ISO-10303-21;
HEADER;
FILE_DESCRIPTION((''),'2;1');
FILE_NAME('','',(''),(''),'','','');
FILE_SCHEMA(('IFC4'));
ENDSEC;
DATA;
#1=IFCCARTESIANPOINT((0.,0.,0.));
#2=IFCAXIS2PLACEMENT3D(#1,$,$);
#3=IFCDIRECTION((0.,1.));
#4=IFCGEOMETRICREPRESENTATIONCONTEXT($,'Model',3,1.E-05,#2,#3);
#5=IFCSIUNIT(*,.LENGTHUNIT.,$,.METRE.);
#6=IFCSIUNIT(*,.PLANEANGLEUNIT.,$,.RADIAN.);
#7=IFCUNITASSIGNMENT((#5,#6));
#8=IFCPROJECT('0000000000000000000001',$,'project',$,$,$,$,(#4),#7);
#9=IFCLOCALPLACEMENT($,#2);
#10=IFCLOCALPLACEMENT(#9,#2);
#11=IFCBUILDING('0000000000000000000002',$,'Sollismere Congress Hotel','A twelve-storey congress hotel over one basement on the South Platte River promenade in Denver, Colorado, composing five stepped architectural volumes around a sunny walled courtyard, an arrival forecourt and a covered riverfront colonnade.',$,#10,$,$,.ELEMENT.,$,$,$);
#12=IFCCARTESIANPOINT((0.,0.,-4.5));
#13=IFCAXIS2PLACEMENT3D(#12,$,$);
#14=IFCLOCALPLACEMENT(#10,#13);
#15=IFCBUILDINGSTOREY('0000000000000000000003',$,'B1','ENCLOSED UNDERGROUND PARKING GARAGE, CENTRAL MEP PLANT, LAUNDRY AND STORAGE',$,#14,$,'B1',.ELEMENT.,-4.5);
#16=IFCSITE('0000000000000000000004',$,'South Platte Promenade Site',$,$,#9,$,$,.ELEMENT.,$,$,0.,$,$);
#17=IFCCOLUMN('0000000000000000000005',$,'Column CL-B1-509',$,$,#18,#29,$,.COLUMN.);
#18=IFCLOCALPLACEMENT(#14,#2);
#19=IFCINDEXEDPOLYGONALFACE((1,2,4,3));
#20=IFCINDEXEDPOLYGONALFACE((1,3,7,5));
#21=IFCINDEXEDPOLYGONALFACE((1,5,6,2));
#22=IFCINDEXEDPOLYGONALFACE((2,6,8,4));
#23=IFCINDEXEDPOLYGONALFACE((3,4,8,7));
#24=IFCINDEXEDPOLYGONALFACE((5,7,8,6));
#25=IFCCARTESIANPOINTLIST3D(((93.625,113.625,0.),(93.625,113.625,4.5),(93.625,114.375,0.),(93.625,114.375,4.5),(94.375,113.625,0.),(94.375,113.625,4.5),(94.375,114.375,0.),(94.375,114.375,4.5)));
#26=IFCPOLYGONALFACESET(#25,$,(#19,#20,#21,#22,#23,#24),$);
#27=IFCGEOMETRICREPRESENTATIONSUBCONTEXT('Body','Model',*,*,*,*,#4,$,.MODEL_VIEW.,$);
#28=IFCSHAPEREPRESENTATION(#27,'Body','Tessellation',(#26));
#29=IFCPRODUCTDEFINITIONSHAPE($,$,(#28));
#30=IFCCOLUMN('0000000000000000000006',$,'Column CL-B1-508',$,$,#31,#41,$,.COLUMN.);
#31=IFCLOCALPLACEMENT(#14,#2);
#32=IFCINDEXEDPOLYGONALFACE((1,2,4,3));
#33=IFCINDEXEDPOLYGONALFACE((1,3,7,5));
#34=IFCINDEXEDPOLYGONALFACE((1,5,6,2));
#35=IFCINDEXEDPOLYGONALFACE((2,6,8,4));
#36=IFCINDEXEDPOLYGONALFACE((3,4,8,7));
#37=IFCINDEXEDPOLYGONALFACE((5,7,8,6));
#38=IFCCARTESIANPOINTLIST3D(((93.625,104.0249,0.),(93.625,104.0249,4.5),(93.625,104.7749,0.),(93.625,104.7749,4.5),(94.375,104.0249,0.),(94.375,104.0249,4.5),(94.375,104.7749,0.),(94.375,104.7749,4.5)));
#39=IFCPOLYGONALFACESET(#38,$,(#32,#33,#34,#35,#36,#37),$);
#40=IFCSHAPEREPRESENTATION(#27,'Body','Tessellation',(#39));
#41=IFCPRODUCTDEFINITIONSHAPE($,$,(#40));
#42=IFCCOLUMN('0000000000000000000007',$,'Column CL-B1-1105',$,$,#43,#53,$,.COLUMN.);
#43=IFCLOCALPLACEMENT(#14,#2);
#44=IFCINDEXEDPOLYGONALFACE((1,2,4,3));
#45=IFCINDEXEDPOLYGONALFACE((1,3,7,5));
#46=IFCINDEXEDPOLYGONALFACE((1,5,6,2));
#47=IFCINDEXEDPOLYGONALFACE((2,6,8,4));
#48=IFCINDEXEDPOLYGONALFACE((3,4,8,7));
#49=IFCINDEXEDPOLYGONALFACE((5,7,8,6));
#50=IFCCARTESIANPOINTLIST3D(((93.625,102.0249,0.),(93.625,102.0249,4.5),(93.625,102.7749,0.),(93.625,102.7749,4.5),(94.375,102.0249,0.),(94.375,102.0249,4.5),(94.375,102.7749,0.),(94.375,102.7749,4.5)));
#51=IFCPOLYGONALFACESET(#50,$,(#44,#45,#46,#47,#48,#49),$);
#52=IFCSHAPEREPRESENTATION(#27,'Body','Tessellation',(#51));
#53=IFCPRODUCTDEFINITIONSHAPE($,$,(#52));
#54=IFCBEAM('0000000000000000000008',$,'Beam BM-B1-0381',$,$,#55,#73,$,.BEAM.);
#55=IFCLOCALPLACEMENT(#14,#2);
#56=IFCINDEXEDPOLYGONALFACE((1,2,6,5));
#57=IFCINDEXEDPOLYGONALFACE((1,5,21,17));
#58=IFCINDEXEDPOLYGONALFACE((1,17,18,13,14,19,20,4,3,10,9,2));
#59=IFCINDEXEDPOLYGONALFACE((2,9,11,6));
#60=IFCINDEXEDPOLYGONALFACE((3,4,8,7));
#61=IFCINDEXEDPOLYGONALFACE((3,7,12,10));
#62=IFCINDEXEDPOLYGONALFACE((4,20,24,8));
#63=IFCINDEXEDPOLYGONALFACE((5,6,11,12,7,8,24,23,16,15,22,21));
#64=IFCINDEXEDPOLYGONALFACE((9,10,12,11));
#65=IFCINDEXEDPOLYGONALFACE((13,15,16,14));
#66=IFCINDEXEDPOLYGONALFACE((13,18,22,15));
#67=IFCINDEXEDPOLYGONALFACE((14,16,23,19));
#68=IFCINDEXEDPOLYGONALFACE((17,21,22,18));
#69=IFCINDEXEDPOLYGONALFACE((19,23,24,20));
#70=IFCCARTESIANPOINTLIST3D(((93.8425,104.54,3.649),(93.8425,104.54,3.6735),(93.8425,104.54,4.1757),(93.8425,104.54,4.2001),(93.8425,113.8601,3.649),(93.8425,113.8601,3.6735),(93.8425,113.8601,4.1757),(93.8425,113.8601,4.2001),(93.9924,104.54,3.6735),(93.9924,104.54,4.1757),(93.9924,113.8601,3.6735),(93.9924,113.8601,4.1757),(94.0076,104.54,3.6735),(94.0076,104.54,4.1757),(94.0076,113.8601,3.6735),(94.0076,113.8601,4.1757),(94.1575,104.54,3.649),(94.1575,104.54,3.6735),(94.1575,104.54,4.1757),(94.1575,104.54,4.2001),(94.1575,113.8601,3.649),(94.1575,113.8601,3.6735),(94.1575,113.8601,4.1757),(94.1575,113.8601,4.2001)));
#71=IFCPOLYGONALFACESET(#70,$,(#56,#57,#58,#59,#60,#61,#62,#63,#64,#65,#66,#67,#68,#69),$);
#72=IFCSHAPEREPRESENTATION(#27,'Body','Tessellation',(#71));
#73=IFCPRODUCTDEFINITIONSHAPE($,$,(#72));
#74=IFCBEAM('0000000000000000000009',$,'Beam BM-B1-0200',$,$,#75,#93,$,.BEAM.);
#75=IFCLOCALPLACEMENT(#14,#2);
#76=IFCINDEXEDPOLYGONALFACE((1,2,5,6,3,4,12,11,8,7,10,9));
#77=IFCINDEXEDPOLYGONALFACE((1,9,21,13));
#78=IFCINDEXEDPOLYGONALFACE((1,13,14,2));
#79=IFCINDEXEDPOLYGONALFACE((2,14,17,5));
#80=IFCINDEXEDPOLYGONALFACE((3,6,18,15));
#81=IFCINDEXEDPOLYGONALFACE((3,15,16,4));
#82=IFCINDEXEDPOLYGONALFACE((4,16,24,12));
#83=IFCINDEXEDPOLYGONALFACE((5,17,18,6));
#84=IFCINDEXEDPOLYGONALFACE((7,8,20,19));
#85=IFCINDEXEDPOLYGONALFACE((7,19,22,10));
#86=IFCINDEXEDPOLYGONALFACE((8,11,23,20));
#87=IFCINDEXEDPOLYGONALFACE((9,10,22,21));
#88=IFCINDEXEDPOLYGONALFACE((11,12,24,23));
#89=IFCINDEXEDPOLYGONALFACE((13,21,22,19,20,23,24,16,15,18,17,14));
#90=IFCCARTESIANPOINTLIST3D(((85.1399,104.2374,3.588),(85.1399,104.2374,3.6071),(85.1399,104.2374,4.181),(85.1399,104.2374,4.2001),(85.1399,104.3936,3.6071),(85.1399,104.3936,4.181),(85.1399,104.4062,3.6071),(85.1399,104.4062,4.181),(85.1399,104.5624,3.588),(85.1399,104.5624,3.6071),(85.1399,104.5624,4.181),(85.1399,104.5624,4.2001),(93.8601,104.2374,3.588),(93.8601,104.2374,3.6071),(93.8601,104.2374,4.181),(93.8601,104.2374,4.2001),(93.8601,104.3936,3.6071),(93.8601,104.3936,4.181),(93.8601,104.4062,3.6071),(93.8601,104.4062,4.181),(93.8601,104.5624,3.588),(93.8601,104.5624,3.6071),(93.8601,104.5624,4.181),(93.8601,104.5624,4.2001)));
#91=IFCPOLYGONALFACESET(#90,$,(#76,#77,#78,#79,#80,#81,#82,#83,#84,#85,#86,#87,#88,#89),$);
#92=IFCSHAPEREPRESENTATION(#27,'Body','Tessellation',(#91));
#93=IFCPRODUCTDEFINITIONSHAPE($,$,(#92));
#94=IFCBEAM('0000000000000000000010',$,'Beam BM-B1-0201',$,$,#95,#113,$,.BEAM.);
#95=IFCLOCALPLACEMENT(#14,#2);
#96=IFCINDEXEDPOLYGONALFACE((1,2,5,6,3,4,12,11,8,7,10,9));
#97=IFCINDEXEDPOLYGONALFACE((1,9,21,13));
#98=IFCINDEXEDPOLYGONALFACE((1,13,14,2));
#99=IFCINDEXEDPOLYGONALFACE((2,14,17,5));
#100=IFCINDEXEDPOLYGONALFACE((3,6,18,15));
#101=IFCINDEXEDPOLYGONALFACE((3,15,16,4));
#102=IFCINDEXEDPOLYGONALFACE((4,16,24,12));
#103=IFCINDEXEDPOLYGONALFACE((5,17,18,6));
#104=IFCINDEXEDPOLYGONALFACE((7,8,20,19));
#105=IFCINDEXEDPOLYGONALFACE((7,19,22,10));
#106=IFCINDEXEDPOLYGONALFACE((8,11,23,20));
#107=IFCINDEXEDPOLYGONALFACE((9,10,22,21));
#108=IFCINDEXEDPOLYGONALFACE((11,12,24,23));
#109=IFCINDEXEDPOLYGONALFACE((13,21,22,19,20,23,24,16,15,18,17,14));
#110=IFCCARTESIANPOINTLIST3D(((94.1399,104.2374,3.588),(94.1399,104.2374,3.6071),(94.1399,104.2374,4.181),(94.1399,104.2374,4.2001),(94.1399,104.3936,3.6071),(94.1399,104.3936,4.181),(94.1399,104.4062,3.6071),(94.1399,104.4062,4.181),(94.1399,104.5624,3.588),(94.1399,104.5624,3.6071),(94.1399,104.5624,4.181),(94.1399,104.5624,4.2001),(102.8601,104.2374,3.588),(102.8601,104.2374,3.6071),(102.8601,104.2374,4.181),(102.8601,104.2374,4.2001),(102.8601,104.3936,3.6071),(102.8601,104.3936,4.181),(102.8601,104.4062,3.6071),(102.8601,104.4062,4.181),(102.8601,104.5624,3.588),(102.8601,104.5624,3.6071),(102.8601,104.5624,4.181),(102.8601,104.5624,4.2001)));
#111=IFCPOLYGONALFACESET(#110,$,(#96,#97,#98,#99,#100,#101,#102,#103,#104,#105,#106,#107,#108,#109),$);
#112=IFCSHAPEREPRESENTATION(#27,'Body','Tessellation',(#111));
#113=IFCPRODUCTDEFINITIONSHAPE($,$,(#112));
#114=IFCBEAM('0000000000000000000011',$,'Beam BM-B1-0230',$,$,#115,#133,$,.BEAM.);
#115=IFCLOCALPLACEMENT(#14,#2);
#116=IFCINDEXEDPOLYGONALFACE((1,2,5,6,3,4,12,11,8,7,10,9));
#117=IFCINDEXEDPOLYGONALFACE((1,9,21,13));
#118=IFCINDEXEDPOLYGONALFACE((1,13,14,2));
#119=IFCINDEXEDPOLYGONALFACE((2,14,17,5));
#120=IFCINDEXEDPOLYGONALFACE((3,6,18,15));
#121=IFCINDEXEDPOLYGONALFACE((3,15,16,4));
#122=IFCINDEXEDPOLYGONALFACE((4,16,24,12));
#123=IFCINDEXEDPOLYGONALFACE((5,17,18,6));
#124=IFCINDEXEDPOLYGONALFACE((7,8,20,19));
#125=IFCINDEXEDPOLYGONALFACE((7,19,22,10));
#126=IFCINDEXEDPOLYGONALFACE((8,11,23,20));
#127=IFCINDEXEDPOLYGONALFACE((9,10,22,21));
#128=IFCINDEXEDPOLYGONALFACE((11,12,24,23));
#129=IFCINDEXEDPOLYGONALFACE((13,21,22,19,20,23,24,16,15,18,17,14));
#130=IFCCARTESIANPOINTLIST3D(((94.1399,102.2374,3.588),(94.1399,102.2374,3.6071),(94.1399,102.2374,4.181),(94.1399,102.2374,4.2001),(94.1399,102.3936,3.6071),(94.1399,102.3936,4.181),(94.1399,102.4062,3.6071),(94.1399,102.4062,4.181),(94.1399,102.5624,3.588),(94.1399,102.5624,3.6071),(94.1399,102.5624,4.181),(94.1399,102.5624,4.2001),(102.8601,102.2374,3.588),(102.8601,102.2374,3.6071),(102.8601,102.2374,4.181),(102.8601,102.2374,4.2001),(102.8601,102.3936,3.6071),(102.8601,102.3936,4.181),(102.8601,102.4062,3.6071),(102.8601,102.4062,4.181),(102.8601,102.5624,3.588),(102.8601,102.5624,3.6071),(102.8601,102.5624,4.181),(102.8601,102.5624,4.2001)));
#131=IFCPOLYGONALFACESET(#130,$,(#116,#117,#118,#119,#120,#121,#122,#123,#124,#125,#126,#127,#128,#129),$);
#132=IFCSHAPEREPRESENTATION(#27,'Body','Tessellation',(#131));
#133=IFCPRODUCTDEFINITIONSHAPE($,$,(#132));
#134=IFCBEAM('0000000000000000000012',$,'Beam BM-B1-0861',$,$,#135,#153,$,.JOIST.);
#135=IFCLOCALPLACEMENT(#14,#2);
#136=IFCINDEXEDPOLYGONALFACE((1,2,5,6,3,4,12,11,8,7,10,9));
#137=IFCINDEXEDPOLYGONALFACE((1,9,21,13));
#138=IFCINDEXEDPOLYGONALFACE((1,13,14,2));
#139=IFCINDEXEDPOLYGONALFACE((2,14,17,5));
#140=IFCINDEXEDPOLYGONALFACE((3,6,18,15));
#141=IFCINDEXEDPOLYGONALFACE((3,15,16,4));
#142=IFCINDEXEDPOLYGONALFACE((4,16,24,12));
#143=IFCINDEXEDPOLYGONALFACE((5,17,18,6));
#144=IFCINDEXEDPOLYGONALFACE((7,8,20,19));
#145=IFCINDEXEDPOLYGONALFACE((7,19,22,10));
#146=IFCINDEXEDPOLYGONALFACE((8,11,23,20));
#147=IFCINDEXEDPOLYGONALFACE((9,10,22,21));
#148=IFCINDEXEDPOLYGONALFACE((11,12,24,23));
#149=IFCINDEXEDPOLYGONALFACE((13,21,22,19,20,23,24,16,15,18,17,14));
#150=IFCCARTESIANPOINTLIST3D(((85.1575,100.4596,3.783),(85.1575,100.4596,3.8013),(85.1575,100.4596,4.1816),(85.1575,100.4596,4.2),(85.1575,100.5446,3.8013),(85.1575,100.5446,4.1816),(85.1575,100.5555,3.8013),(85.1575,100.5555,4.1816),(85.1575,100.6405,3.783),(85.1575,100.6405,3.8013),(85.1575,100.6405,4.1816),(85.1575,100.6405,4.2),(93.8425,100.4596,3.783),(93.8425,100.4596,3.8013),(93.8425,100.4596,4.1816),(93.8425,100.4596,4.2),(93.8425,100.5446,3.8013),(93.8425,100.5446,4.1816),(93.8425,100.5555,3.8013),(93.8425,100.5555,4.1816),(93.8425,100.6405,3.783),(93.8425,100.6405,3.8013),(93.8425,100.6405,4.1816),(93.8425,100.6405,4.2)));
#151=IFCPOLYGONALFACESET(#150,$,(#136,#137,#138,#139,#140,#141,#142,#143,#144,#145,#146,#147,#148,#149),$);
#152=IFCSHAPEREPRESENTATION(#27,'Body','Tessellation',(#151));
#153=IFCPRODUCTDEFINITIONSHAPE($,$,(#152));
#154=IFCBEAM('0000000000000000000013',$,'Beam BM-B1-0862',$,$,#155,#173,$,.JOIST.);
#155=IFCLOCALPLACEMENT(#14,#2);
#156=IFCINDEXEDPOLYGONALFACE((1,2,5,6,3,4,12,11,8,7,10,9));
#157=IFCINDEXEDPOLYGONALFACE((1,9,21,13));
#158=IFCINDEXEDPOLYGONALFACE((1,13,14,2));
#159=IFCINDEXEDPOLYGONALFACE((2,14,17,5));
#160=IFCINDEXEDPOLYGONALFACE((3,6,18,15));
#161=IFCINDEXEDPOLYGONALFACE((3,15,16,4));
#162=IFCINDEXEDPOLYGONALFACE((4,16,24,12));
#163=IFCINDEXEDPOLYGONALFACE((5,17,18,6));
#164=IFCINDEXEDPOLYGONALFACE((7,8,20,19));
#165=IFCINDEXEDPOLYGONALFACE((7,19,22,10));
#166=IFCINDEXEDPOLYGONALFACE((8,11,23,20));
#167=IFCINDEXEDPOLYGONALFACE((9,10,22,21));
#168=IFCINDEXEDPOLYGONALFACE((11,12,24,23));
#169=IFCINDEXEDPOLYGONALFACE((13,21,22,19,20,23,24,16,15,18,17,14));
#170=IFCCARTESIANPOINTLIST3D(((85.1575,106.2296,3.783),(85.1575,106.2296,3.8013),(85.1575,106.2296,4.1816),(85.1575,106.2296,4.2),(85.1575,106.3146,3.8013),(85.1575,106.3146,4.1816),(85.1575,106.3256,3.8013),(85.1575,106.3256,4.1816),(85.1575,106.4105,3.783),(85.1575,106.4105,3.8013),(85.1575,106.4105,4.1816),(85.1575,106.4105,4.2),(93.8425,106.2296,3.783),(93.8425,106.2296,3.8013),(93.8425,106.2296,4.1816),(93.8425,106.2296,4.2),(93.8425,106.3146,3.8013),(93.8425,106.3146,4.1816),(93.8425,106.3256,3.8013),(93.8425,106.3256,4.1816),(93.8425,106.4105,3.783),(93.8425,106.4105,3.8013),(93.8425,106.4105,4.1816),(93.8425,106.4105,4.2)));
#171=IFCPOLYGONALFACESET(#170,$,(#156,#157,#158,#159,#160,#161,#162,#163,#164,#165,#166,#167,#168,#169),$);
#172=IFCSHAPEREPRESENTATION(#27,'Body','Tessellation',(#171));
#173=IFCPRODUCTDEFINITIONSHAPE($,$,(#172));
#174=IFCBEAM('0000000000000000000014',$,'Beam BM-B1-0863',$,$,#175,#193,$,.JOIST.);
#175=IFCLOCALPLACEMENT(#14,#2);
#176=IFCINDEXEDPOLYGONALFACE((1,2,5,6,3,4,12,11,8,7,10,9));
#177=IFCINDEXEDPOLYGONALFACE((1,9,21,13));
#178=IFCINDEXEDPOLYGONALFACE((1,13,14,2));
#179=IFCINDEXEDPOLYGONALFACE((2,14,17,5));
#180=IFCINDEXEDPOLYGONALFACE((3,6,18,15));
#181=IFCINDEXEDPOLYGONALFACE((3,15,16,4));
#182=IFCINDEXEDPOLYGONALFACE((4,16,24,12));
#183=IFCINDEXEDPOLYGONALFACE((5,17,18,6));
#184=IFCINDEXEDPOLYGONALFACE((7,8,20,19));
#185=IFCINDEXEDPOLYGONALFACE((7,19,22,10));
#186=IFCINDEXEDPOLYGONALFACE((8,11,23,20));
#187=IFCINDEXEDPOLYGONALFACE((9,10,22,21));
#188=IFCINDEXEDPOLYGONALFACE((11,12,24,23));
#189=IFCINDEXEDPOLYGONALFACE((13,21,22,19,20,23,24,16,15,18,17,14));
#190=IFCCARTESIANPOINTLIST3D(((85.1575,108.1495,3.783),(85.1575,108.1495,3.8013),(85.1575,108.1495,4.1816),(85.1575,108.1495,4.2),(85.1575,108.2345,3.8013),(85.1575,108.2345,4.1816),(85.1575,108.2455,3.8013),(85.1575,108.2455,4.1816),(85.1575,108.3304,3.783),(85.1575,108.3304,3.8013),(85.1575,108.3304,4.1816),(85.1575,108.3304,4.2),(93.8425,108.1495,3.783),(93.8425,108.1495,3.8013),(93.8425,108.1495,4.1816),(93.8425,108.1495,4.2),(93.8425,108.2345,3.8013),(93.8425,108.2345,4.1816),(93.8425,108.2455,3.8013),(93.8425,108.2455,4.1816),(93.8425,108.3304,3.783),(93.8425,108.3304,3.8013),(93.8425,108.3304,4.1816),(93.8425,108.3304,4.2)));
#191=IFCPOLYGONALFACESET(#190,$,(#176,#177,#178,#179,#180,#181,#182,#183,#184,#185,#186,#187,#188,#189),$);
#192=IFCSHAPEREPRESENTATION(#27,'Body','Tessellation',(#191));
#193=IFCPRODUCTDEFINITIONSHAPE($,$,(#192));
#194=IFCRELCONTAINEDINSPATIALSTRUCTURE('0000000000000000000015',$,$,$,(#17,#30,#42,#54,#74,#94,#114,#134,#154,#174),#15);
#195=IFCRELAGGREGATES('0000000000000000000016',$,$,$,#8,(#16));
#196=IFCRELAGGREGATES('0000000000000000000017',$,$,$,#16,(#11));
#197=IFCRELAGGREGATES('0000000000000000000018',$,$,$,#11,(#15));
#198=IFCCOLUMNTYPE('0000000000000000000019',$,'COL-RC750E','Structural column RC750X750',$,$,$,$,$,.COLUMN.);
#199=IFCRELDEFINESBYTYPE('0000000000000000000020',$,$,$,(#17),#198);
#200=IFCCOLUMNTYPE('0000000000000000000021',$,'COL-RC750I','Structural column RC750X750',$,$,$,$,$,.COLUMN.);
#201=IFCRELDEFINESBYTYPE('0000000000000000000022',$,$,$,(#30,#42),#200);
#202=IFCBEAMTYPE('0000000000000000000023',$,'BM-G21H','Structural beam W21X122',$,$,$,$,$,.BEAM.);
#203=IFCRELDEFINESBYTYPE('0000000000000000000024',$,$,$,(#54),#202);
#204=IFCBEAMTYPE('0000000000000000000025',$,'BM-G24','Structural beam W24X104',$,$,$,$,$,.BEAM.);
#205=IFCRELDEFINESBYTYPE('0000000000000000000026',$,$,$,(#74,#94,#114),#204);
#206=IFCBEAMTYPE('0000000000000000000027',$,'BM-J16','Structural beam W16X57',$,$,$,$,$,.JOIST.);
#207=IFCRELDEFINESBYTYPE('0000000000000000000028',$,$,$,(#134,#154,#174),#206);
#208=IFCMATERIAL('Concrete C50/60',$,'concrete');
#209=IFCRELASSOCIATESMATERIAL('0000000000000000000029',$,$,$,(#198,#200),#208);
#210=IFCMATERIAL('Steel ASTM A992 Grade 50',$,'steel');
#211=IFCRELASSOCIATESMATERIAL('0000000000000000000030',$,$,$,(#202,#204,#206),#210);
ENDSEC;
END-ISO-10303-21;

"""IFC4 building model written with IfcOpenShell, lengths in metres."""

from ifc_helpers import new_model, si_unit, direction, frame, origin, origin_2d, place, context, subcontext, project, spatial, rectangle, i_section, extrude, material, material_profile, profile_set, type_object, element, save


model = new_model("IFC4")

# Units and contexts
model_context = context("Model", 3, precision=1e-05, world=origin(), true_north=direction((0.0, 1.0)))
body_context = subcontext(model_context, "Body", "Model", "MODEL_VIEW")
ifc_project = project(units=[si_unit("LENGTHUNIT", "METRE"), si_unit("PLANEANGLEUNIT", "RADIAN")], contexts=[model_context])

# Site, building, storey
site_placement = place(None, origin())
site = spatial("IfcSite", under=ifc_project, at=site_placement, Name="South Platte Promenade Site", CompositionType="ELEMENT", RefElevation=0.0)
building_placement = place(site_placement, origin())
building = spatial("IfcBuilding", under=site, at=building_placement, Name="Sollismere Congress Hotel", Description="A twelve-storey congress hotel over one basement on the South Platte River promenade in Denver, Colorado, composing five stepped architectural volumes around a sunny walled courtyard, an arrival forecourt and a covered riverfront colonnade.", CompositionType="ELEMENT")
storey_placement = place(building_placement, frame((0.0, 0.0, -4.5)))
storey = spatial("IfcBuildingStorey", under=building, at=storey_placement, Name="B1", Description="ENCLOSED UNDERGROUND PARKING GARAGE, CENTRAL MEP PLANT, LAUNDRY AND STORAGE", LongName="B1", CompositionType="ELEMENT", Elevation=-4.5)

# Columns
ifc_material_1 = material(Name="Concrete C50/60", Category="concrete")
ifc_material_profile_1 = material_profile(ifc_material_1, rectangle(XDim=0.75, YDim=0.75, at=origin_2d()), Name="RC750X750")
ifc_profile_set_1 = profile_set([ifc_material_profile_1], Name="Concrete C50/60")
column_type_1 = type_object("IfcColumnType", Name="COL-RC750E", Description="Structural column RC750X750", PredefinedType="COLUMN", material=ifc_profile_set_1)
column_placement = place(storey_placement, frame((94.0, 114.0, 0.0), z_axis=(0.0, 0.0, 1.0), x_axis=(1.0, 0.0, 0.0)))
element("IfcColumn", 1, at=column_placement, inside=storey, type_object=column_type_1, Name="Column CL-B1-509", PredefinedType="COLUMN", context=body_context, shape_type="SweptSolid", body=[
    extrude(rectangle(XDim=0.75, YDim=0.75, at=origin_2d()), origin(), (0.0, 0.0, 1.0), 4.5),
])
ifc_material_profile_2 = material_profile(ifc_material_1, rectangle(XDim=0.75, YDim=0.75, at=origin_2d()), Name="RC750X750")
ifc_profile_set_2 = profile_set([ifc_material_profile_2], Name="Concrete C50/60")
column_type_2 = type_object("IfcColumnType", Name="COL-RC750I", Description="Structural column RC750X750", PredefinedType="COLUMN", material=ifc_profile_set_2)
for number, where, z_axis, x_axis, name in (
    (2, (94.0, 104.3999, 0.0), (0.0, 0.0, 1.0), (1.0, 0.0, 0.0), "Column CL-B1-508"),
    (3, (94.0, 102.3999, 0.0), (0.0, 0.0, 1.0), (0.0, 1.0, 0.0), "Column CL-B1-1105"),
):
    element("IfcColumn", number, at=place(storey_placement, frame(where, z_axis=z_axis, x_axis=x_axis)), inside=storey, type_object=column_type_2, Name=name, PredefinedType="COLUMN", context=body_context, shape_type="SweptSolid", body=[
        extrude(rectangle(XDim=0.75, YDim=0.75, at=origin_2d()), origin(), (0.0, 0.0, 1.0), 4.5),
    ])

# Beams
ifc_material_2 = material(Name="Steel ASTM A992 Grade 50", Category="steel")
ifc_material_profile_3 = material_profile(ifc_material_2, i_section(OverallWidth=0.3149, OverallDepth=0.551, WebThickness=0.0151, FlangeThickness=0.0244, at=origin_2d()), Name="W21X122")
ifc_profile_set_3 = profile_set([ifc_material_profile_3], Name="Steel ASTM A992 Grade 50")
beam_type_1 = type_object("IfcBeamType", Name="BM-G21H", Description="Structural beam W21X122", PredefinedType="BEAM", material=ifc_profile_set_3)
beam_placement = place(storey_placement, frame((94.0, 104.54, 3.9246), z_axis=(0.0, 1.0, 0.0), x_axis=(-1.0, 0.0, 0.0)))
element("IfcBeam", 4, at=beam_placement, inside=storey, type_object=beam_type_1, Name="Beam BM-B1-0381", PredefinedType="BEAM", context=body_context, shape_type="SweptSolid", body=[
    extrude(i_section(OverallWidth=0.3149, OverallDepth=0.551, WebThickness=0.0151, FlangeThickness=0.0244, at=origin_2d()), origin(), (0.0, 0.0, 1.0), 9.3201),
])
ifc_material_profile_4 = material_profile(ifc_material_2, i_section(OverallWidth=0.325, OverallDepth=0.6121, WebThickness=0.0127, FlangeThickness=0.019, at=origin_2d()), Name="W24X104")
ifc_profile_set_4 = profile_set([ifc_material_profile_4], Name="Steel ASTM A992 Grade 50")
beam_type_2 = type_object("IfcBeamType", Name="BM-G24", Description="Structural beam W24X104", PredefinedType="BEAM", material=ifc_profile_set_4)
for number, where, z_axis, x_axis, name in (
    (5, (85.1399, 104.3999, 3.894), (1.0, 0.0, 0.0), (0.0, 1.0, 0.0), "Beam BM-B1-0200"),
    (6, (94.1399, 104.3999, 3.894), (1.0, 0.0, 0.0), (0.0, 1.0, 0.0), "Beam BM-B1-0201"),
    (7, (94.1399, 102.3999, 3.894), (1.0, 0.0, 0.0), (0.0, 1.0, 0.0), "Beam BM-B1-0230"),
):
    element("IfcBeam", number, at=place(storey_placement, frame(where, z_axis=z_axis, x_axis=x_axis)), inside=storey, type_object=beam_type_2, Name=name, PredefinedType="BEAM", context=body_context, shape_type="SweptSolid", body=[
        extrude(i_section(OverallWidth=0.325, OverallDepth=0.6121, WebThickness=0.0127, FlangeThickness=0.019, at=origin_2d()), origin(), (0.0, 0.0, 1.0), 8.7202),
    ])
ifc_material_profile_5 = material_profile(ifc_material_2, i_section(OverallWidth=0.1809, OverallDepth=0.417, WebThickness=0.011, FlangeThickness=0.0183, at=origin_2d()), Name="W16X57")
ifc_profile_set_5 = profile_set([ifc_material_profile_5], Name="Steel ASTM A992 Grade 50")
beam_type_3 = type_object("IfcBeamType", Name="BM-J16", Description="Structural beam W16X57", PredefinedType="JOIST", material=ifc_profile_set_5)
for number, where, z_axis, x_axis, name in (
    (8, (85.1575, 100.55, 3.9915), (1.0, 0.0, 0.0), (0.0, 1.0, 0.0), "Beam BM-B1-0861"),
    (9, (85.1575, 106.3201, 3.9915), (1.0, 0.0, 0.0), (0.0, 1.0, 0.0), "Beam BM-B1-0862"),
    (10, (85.1575, 108.24, 3.9915), (1.0, 0.0, 0.0), (0.0, 1.0, 0.0), "Beam BM-B1-0863"),
):
    element("IfcBeam", number, at=place(storey_placement, frame(where, z_axis=z_axis, x_axis=x_axis)), inside=storey, type_object=beam_type_3, Name=name, PredefinedType="JOIST", context=body_context, shape_type="SweptSolid", body=[
        extrude(i_section(OverallWidth=0.1809, OverallDepth=0.417, WebThickness=0.011, FlangeThickness=0.0183, at=origin_2d()), origin(), (0.0, 0.0, 1.0), 8.6851),
    ])

save(model, "model.ifc")
